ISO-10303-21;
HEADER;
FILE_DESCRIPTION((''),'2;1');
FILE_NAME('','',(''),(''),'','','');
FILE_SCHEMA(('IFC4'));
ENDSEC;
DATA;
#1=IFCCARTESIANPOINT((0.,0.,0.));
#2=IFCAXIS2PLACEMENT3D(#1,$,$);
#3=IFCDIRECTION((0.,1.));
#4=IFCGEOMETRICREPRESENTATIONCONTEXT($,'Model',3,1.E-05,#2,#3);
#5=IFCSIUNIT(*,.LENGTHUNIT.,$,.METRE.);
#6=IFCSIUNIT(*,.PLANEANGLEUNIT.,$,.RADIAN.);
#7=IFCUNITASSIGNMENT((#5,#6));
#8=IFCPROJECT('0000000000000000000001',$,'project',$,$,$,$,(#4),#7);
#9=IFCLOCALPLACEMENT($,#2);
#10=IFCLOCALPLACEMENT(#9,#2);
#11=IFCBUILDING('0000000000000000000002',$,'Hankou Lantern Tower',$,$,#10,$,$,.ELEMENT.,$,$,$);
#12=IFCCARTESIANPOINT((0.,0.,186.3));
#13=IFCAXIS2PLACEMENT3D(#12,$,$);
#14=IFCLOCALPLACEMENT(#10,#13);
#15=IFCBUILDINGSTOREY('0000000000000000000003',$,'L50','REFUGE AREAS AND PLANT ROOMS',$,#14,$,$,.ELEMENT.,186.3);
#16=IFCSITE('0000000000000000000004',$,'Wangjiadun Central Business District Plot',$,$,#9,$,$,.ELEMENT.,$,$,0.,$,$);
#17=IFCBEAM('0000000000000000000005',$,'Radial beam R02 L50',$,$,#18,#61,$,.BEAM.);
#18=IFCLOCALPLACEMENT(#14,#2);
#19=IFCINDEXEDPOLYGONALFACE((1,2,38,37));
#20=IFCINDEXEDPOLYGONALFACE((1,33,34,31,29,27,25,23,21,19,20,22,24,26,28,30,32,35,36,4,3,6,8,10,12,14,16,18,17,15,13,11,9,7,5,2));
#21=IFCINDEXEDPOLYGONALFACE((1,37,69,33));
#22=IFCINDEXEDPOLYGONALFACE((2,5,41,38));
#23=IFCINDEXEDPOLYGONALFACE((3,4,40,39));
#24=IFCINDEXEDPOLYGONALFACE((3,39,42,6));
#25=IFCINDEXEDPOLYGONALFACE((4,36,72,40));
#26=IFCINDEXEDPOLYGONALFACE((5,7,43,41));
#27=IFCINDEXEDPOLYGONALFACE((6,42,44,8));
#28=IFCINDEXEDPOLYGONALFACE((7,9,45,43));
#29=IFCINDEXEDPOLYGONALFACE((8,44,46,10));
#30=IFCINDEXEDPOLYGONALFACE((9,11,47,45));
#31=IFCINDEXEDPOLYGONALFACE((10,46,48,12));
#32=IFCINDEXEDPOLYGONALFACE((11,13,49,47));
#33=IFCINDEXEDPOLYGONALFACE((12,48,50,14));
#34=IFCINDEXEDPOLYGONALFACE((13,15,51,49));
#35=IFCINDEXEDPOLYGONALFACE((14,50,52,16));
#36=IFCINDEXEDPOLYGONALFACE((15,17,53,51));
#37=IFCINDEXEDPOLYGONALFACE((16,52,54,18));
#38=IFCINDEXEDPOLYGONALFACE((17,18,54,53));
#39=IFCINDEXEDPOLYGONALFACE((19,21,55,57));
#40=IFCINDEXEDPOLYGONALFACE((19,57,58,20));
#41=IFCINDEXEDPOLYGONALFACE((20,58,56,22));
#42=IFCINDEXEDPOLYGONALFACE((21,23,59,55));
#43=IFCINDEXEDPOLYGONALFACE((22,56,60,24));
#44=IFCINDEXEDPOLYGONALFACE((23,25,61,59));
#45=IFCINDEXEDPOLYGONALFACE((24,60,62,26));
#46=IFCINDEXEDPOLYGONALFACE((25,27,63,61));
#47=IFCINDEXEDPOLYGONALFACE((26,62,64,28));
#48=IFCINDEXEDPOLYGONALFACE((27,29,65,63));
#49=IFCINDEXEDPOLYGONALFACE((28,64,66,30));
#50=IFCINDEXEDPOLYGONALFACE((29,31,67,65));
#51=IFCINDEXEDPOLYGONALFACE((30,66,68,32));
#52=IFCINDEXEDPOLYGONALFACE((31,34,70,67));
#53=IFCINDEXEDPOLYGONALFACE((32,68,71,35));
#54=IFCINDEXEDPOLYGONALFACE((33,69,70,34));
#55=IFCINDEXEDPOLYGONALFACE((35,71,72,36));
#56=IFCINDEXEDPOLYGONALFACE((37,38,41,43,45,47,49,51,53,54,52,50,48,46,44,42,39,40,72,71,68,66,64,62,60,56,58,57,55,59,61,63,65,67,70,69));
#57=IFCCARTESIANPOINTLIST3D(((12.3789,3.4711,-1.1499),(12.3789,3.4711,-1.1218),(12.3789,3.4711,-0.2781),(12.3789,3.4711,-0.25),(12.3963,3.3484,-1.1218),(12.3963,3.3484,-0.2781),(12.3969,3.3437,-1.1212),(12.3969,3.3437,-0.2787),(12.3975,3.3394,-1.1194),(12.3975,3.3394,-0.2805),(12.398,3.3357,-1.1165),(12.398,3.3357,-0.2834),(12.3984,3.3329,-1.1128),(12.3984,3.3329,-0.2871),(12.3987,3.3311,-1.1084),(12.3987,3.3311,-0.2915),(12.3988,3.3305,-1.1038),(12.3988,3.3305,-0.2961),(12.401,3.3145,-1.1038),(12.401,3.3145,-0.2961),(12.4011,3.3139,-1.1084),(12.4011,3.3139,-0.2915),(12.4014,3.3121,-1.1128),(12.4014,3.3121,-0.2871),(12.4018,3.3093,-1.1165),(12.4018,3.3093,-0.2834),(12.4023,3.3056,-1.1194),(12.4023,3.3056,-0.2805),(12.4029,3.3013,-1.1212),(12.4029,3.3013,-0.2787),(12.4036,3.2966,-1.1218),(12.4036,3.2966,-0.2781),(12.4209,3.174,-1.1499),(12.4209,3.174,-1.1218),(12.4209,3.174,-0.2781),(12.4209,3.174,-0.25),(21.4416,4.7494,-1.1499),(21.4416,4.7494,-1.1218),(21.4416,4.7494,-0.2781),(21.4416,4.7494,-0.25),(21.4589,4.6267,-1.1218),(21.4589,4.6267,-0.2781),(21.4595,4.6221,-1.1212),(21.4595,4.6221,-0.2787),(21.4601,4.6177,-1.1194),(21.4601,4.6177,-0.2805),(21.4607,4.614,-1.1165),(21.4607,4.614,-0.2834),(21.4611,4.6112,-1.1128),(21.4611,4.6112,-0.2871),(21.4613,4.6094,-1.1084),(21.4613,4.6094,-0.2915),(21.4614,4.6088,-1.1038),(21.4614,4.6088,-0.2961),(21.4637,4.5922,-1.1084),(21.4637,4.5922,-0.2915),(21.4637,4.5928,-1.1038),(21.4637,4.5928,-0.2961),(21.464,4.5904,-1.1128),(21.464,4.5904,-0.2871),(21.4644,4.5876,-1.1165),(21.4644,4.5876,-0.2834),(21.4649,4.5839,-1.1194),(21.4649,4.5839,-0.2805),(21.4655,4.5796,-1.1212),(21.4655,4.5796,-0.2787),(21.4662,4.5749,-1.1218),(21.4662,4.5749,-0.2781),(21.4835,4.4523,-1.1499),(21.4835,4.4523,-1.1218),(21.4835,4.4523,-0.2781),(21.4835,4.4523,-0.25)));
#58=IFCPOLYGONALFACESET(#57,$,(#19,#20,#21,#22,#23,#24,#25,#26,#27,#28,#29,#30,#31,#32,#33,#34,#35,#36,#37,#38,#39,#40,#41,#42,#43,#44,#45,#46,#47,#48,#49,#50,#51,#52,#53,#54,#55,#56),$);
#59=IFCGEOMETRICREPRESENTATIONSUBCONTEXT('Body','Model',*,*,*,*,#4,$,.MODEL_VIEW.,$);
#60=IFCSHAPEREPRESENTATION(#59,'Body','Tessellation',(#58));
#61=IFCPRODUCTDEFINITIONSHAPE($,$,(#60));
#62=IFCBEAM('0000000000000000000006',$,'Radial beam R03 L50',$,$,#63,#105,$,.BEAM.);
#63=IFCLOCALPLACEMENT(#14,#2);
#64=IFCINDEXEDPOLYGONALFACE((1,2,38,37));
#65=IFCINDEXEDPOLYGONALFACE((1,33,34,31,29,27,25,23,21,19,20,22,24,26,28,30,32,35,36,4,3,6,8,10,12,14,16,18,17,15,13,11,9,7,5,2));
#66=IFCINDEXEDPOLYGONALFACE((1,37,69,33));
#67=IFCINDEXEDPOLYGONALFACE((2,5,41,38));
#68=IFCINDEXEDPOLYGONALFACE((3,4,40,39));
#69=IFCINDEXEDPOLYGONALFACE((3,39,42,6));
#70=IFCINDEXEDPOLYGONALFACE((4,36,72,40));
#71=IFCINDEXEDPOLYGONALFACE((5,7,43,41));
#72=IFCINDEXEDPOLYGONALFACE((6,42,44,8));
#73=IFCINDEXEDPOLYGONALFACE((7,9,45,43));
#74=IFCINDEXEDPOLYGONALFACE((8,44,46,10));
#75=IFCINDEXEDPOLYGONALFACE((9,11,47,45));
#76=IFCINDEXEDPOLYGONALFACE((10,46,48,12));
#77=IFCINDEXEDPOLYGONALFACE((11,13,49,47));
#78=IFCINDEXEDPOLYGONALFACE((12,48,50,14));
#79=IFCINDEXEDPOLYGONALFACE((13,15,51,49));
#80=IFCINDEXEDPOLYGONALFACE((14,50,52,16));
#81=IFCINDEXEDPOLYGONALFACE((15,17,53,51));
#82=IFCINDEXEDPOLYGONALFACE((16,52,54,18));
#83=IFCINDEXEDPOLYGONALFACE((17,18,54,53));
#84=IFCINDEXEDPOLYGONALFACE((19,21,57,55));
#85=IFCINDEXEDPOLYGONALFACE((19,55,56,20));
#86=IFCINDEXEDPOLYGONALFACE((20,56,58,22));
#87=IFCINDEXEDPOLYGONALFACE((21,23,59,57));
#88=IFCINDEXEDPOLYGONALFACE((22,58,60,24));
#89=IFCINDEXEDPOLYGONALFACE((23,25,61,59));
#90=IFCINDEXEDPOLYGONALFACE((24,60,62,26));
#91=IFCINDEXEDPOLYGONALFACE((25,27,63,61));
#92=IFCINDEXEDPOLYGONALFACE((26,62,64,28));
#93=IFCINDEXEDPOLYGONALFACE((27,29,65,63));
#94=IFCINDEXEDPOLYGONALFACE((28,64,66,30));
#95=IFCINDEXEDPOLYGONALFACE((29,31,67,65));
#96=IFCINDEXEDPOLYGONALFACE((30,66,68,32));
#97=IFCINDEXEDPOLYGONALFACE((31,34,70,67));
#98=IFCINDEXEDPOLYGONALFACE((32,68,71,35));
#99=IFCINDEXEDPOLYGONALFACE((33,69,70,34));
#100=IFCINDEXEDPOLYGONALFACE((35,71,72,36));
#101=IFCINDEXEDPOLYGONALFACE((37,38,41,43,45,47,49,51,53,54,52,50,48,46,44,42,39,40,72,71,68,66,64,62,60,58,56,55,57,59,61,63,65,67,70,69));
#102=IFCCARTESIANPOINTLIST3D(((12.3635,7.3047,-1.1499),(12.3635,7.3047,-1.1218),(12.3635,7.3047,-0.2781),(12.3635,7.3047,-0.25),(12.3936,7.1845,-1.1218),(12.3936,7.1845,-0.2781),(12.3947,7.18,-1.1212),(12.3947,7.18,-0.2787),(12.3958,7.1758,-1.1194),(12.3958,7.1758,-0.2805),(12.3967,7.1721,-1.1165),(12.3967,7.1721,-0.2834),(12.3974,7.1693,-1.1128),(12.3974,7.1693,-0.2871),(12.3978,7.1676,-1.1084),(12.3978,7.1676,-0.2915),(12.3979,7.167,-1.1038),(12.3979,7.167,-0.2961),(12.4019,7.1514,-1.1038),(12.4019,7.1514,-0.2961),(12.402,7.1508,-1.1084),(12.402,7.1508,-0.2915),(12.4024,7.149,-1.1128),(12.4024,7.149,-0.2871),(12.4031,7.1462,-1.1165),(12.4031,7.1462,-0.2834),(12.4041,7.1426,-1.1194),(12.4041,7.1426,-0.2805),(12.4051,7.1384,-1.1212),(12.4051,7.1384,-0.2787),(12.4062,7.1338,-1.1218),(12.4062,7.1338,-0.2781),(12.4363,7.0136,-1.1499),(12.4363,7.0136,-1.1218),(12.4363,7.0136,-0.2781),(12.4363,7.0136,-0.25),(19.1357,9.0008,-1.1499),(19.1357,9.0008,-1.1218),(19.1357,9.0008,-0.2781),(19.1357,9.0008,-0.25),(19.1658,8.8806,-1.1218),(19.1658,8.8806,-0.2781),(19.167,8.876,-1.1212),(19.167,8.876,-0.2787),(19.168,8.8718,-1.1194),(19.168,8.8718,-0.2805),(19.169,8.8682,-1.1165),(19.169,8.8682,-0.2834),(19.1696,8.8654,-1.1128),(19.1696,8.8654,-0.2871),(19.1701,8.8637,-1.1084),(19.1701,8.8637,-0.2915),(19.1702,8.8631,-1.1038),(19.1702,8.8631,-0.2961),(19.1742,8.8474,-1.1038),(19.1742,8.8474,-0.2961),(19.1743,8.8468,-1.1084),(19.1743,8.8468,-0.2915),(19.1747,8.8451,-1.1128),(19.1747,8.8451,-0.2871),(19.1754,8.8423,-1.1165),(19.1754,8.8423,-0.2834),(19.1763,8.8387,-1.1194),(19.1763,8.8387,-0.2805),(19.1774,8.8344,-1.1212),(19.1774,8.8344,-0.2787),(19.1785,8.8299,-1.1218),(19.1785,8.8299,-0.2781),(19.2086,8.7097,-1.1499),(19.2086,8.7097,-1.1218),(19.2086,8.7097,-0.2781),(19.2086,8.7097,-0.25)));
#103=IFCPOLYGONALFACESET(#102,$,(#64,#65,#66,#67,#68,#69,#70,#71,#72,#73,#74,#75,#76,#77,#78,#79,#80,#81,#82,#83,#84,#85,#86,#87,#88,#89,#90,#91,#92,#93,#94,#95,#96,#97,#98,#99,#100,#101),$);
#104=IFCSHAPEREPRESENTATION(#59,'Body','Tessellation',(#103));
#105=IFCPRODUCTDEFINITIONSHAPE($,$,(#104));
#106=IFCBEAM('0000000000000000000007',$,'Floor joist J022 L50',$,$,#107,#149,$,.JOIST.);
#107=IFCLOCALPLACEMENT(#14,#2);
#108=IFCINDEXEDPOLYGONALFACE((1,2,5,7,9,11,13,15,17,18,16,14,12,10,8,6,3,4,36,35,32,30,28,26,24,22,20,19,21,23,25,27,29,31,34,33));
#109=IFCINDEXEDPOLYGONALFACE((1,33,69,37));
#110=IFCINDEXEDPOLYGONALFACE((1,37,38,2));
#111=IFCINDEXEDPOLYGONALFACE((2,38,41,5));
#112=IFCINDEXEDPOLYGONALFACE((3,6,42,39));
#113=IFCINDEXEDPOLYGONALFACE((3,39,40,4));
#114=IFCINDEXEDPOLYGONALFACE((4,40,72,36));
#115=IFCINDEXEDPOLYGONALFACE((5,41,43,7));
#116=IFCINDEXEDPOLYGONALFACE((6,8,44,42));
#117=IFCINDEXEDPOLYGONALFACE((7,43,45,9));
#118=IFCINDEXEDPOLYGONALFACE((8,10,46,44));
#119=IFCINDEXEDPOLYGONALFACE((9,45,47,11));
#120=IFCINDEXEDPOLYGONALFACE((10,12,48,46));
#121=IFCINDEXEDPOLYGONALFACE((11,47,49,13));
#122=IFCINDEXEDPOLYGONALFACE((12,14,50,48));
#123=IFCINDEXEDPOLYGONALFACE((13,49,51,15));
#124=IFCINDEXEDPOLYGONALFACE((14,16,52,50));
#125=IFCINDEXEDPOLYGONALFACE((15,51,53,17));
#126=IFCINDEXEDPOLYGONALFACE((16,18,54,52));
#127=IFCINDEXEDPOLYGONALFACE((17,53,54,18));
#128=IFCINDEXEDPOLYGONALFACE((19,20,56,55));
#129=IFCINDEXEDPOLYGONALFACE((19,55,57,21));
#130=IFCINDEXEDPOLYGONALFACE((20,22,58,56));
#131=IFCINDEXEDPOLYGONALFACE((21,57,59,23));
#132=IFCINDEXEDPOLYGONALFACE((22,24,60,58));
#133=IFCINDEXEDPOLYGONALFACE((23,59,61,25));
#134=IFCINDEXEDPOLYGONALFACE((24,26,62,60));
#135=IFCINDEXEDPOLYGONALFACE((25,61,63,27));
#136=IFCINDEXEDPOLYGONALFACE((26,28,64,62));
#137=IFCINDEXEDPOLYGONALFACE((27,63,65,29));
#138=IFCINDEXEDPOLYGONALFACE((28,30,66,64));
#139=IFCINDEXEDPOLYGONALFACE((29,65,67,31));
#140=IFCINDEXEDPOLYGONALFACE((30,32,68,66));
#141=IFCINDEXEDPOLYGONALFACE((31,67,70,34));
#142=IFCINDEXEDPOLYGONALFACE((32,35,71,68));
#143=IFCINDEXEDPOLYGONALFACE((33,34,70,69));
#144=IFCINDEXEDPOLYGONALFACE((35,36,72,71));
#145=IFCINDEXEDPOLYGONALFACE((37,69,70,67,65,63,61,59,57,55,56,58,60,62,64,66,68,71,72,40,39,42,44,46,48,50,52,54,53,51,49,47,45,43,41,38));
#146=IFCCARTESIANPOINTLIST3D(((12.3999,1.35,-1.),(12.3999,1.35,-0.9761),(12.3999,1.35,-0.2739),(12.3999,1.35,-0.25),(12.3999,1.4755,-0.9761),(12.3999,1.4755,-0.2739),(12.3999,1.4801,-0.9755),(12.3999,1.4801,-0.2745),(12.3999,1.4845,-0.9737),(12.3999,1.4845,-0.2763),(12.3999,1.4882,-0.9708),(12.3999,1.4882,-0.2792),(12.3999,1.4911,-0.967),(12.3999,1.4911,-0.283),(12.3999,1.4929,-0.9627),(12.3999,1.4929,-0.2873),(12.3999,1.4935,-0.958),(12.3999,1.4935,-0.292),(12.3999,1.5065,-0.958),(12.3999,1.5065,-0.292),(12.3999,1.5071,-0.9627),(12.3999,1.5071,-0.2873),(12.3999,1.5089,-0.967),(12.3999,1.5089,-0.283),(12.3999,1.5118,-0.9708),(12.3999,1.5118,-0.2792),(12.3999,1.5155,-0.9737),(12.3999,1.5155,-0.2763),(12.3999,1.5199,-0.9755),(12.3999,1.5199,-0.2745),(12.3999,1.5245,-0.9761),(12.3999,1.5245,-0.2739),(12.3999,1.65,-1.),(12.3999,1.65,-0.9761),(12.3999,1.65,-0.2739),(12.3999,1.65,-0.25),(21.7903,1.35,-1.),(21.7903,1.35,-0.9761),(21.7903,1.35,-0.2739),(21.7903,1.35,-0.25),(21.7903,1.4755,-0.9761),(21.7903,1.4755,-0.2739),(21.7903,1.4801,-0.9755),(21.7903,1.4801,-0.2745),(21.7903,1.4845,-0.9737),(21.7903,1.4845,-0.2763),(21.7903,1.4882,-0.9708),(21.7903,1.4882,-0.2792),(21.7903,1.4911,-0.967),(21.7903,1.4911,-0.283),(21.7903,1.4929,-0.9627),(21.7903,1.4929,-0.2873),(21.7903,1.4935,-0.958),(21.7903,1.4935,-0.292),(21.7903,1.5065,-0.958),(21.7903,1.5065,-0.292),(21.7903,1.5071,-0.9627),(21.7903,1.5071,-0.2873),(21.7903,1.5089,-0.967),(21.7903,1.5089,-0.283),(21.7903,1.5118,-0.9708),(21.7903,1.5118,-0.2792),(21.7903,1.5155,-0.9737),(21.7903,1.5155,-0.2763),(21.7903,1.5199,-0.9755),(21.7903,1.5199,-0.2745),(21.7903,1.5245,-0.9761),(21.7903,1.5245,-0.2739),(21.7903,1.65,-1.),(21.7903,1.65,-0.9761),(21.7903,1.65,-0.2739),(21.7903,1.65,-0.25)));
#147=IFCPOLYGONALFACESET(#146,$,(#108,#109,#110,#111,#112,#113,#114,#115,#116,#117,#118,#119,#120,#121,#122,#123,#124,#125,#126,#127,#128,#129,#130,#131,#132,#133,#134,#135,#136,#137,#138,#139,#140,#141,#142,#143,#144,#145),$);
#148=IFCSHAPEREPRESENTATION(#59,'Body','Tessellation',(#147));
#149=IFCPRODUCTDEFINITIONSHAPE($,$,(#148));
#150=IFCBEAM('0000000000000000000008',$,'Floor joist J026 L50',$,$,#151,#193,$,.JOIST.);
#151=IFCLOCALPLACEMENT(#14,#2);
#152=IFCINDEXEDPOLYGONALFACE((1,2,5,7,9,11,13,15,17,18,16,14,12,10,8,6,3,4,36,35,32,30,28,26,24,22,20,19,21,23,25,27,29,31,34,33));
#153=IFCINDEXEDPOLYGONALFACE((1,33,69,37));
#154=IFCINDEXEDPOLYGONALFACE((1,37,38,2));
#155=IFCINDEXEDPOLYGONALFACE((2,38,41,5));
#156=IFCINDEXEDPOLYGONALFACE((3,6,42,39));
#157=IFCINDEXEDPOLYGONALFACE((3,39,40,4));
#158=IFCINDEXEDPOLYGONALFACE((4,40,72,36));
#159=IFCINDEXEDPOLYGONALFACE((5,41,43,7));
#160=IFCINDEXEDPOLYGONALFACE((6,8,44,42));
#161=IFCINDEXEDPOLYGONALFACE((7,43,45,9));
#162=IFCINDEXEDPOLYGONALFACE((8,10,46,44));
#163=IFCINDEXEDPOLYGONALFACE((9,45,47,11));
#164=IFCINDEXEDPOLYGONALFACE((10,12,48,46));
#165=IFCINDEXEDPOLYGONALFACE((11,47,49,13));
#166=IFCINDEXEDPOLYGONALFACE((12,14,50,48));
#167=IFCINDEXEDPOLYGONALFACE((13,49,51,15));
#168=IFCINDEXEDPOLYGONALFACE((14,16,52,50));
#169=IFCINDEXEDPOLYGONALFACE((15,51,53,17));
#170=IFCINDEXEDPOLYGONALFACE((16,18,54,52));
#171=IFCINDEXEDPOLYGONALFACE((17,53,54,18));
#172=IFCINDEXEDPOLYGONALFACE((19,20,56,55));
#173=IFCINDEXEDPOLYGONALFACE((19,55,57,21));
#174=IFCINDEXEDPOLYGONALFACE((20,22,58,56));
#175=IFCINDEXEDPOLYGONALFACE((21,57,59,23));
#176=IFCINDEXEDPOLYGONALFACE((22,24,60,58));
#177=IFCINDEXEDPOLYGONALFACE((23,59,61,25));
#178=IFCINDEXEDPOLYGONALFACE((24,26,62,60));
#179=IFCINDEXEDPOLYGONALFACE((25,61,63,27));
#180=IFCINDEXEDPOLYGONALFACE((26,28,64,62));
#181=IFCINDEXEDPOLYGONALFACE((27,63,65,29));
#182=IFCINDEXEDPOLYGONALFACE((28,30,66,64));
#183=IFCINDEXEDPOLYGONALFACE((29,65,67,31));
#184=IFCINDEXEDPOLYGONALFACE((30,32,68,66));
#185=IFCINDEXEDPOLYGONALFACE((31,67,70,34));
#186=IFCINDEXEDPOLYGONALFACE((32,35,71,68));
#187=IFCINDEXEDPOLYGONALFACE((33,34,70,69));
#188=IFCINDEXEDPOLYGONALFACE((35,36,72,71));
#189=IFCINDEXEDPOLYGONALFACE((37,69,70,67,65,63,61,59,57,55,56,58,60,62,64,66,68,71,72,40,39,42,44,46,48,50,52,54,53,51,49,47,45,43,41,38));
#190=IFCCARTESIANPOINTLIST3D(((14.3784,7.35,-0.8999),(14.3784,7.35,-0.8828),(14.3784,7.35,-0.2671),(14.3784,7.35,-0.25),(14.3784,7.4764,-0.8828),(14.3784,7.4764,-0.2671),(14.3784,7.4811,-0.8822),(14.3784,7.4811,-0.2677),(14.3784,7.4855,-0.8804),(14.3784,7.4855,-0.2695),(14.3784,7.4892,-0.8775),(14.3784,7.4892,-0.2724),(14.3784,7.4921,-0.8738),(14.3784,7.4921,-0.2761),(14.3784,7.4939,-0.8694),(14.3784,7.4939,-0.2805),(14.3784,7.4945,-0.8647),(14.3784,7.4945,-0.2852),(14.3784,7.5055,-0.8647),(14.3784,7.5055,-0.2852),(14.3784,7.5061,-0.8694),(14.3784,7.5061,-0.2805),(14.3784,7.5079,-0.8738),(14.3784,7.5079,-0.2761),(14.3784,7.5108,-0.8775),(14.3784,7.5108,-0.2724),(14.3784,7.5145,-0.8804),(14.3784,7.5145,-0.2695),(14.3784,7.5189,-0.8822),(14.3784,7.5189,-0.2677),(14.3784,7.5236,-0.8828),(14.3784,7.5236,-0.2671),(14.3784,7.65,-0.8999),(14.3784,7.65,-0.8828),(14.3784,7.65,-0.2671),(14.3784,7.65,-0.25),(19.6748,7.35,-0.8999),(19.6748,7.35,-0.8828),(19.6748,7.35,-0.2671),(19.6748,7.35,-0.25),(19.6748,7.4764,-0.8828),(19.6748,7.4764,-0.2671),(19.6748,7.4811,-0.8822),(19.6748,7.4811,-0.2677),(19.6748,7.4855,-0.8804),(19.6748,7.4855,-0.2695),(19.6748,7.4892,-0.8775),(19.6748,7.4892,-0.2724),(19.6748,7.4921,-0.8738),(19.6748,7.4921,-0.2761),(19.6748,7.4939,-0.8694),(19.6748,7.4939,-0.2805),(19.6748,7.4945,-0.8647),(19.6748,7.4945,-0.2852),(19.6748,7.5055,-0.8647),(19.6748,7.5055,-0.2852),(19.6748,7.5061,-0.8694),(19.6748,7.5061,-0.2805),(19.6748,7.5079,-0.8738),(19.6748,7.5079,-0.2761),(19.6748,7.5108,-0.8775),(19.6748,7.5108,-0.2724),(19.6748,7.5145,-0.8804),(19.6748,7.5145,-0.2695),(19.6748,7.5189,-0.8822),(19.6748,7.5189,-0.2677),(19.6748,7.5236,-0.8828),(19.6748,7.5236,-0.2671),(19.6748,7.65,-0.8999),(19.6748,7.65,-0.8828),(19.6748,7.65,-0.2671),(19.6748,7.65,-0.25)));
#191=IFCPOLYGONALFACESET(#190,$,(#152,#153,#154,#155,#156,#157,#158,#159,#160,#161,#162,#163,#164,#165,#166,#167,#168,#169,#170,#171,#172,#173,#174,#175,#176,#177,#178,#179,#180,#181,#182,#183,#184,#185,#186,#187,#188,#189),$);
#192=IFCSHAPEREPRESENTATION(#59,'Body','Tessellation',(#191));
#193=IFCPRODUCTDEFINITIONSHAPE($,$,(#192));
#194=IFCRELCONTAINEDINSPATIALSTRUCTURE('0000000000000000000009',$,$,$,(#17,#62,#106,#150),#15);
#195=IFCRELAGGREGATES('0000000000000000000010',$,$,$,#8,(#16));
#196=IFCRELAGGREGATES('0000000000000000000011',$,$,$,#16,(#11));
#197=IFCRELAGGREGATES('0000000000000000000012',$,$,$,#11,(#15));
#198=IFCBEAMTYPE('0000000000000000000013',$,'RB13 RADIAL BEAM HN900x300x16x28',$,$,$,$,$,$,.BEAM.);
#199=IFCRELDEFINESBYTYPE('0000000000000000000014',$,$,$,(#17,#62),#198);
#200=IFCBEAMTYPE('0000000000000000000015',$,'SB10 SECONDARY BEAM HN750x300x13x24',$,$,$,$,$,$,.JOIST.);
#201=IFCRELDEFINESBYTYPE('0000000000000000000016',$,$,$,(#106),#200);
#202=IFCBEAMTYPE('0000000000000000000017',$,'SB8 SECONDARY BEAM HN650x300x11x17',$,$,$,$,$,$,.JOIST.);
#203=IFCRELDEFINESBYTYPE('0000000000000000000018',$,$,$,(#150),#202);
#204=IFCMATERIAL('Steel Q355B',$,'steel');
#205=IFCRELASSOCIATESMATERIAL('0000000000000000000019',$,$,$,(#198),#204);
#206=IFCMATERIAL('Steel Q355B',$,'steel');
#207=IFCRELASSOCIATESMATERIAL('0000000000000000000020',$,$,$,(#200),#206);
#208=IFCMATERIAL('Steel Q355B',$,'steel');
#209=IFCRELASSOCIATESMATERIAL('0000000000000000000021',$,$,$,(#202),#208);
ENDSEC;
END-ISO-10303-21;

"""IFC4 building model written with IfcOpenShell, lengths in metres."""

from ifc_helpers import new_model, si_unit, direction, frame, origin, origin_2d, place, context, subcontext, project, spatial, i_section, extrude, material, material_profile, profile_set, type_object, element, save


model = new_model("IFC4")

# Units and contexts
model_context = context("Model", 3, precision=1e-05, world=origin(), true_north=direction((0.0, 1.0)))
body_context = subcontext(model_context, "Body", "Model", "MODEL_VIEW")
ifc_project = project(units=[si_unit("LENGTHUNIT", "METRE"), si_unit("PLANEANGLEUNIT", "RADIAN")], contexts=[model_context])

# Site, building, storey
site_placement = place(None, origin())
site = spatial("IfcSite", under=ifc_project, at=site_placement, Name="Wangjiadun Central Business District Plot", CompositionType="ELEMENT", RefElevation=0.0)
building_placement = place(site_placement, origin())
building = spatial("IfcBuilding", under=site, at=building_placement, Name="Hankou Lantern Tower", CompositionType="ELEMENT")
storey_placement = place(building_placement, frame((0.0, 0.0, 186.3)))
storey = spatial("IfcBuildingStorey", under=building, at=storey_placement, Name="L50", Description="REFUGE AREAS AND PLANT ROOMS", CompositionType="ELEMENT", Elevation=186.3)

# Beams
ifc_material_1 = material(Name="Steel Q355B", Category="steel")
ifc_material_profile_1 = material_profile(ifc_material_1, i_section(OverallWidth=0.3, OverallDepth=0.8999, WebThickness=0.0161, FlangeThickness=0.0281, FilletRadius=0.0181, at=origin_2d()), Name="HN900x300x16x28")
ifc_profile_set_1 = profile_set([ifc_material_profile_1], Name="Steel Q355B")
beam_type_1 = type_object("IfcBeamType", Name="RB13 RADIAL BEAM HN900x300x16x28", PredefinedType="BEAM", material=ifc_profile_set_1)
beam_1_placement = place(storey_placement, frame((12.3999, 3.3225, -0.7), z_axis=(0.990198, 0.13967, 0.0), x_axis=(-0.13967, 0.990198, 0.0)))
element("IfcBeam", 1, at=beam_1_placement, inside=storey, type_object=beam_type_1, Name="Radial beam R02 L50", PredefinedType="BEAM", context=body_context, shape_type="SweptSolid", body=[
    extrude(i_section(OverallWidth=0.3, OverallDepth=0.8999, WebThickness=0.0161, FlangeThickness=0.0281, FilletRadius=0.0181, at=origin_2d()), origin(), (0.0, 0.0, 1.0), 9.1523),
])
beam_2_placement = place(storey_placement, frame((12.3999, 7.1592, -0.7), z_axis=(0.970042, 0.242939, 0.0), x_axis=(-0.242939, 0.970042, 0.0)))
element("IfcBeam", 2, at=beam_2_placement, inside=storey, type_object=beam_type_1, Name="Radial beam R03 L50", PredefinedType="BEAM", context=body_context, shape_type="SweptSolid", body=[
    extrude(i_section(OverallWidth=0.3, OverallDepth=0.8999, WebThickness=0.0161, FlangeThickness=0.0281, FilletRadius=0.0181, at=origin_2d()), origin(), (0.0, 0.0, 1.0), 6.9814),
])
ifc_material_2 = material(Name="Steel Q355B", Category="steel")
ifc_material_profile_2 = material_profile(ifc_material_2, i_section(OverallWidth=0.3, OverallDepth=0.75, WebThickness=0.0129, FlangeThickness=0.0239, FilletRadius=0.0181, at=origin_2d()), Name="HN750x300x13x24")
ifc_profile_set_2 = profile_set([ifc_material_profile_2], Name="Steel Q355B")
beam_type_2 = type_object("IfcBeamType", Name="SB10 SECONDARY BEAM HN750x300x13x24", PredefinedType="JOIST", material=ifc_profile_set_2)
beam_3_placement = place(storey_placement, frame((12.3999, 1.5, -0.625), z_axis=(1.0, 0.0, 0.0), x_axis=(0.0, 1.0, 0.0)))
element("IfcBeam", 3, at=beam_3_placement, inside=storey, type_object=beam_type_2, Name="Floor joist J022 L50", PredefinedType="JOIST", context=body_context, shape_type="SweptSolid", body=[
    extrude(i_section(OverallWidth=0.3, OverallDepth=0.75, WebThickness=0.0129, FlangeThickness=0.0239, FilletRadius=0.0181, at=origin_2d()), origin(), (0.0, 0.0, 1.0), 9.3904),
])
ifc_material_3 = material(Name="Steel Q355B", Category="steel")
ifc_material_profile_3 = material_profile(ifc_material_3, i_section(OverallWidth=0.3, OverallDepth=0.6499, WebThickness=0.011, FlangeThickness=0.0171, FilletRadius=0.0181, at=origin_2d()), Name="HN650x300x11x17")
ifc_profile_set_3 = profile_set([ifc_material_profile_3], Name="Steel Q355B")
beam_type_3 = type_object("IfcBeamType", Name="SB8 SECONDARY BEAM HN650x300x11x17", PredefinedType="JOIST", material=ifc_profile_set_3)
beam_4_placement = place(storey_placement, frame((14.3784, 7.5, -0.575), z_axis=(1.0, 0.0, 0.0), x_axis=(0.0, 1.0, 0.0)))
element("IfcBeam", 4, at=beam_4_placement, inside=storey, type_object=beam_type_3, Name="Floor joist J026 L50", PredefinedType="JOIST", context=body_context, shape_type="SweptSolid", body=[
    extrude(i_section(OverallWidth=0.3, OverallDepth=0.6499, WebThickness=0.011, FlangeThickness=0.0171, FilletRadius=0.0181, at=origin_2d()), origin(), (0.0, 0.0, 1.0), 5.2964),
])

save(model, "model.ifc")
